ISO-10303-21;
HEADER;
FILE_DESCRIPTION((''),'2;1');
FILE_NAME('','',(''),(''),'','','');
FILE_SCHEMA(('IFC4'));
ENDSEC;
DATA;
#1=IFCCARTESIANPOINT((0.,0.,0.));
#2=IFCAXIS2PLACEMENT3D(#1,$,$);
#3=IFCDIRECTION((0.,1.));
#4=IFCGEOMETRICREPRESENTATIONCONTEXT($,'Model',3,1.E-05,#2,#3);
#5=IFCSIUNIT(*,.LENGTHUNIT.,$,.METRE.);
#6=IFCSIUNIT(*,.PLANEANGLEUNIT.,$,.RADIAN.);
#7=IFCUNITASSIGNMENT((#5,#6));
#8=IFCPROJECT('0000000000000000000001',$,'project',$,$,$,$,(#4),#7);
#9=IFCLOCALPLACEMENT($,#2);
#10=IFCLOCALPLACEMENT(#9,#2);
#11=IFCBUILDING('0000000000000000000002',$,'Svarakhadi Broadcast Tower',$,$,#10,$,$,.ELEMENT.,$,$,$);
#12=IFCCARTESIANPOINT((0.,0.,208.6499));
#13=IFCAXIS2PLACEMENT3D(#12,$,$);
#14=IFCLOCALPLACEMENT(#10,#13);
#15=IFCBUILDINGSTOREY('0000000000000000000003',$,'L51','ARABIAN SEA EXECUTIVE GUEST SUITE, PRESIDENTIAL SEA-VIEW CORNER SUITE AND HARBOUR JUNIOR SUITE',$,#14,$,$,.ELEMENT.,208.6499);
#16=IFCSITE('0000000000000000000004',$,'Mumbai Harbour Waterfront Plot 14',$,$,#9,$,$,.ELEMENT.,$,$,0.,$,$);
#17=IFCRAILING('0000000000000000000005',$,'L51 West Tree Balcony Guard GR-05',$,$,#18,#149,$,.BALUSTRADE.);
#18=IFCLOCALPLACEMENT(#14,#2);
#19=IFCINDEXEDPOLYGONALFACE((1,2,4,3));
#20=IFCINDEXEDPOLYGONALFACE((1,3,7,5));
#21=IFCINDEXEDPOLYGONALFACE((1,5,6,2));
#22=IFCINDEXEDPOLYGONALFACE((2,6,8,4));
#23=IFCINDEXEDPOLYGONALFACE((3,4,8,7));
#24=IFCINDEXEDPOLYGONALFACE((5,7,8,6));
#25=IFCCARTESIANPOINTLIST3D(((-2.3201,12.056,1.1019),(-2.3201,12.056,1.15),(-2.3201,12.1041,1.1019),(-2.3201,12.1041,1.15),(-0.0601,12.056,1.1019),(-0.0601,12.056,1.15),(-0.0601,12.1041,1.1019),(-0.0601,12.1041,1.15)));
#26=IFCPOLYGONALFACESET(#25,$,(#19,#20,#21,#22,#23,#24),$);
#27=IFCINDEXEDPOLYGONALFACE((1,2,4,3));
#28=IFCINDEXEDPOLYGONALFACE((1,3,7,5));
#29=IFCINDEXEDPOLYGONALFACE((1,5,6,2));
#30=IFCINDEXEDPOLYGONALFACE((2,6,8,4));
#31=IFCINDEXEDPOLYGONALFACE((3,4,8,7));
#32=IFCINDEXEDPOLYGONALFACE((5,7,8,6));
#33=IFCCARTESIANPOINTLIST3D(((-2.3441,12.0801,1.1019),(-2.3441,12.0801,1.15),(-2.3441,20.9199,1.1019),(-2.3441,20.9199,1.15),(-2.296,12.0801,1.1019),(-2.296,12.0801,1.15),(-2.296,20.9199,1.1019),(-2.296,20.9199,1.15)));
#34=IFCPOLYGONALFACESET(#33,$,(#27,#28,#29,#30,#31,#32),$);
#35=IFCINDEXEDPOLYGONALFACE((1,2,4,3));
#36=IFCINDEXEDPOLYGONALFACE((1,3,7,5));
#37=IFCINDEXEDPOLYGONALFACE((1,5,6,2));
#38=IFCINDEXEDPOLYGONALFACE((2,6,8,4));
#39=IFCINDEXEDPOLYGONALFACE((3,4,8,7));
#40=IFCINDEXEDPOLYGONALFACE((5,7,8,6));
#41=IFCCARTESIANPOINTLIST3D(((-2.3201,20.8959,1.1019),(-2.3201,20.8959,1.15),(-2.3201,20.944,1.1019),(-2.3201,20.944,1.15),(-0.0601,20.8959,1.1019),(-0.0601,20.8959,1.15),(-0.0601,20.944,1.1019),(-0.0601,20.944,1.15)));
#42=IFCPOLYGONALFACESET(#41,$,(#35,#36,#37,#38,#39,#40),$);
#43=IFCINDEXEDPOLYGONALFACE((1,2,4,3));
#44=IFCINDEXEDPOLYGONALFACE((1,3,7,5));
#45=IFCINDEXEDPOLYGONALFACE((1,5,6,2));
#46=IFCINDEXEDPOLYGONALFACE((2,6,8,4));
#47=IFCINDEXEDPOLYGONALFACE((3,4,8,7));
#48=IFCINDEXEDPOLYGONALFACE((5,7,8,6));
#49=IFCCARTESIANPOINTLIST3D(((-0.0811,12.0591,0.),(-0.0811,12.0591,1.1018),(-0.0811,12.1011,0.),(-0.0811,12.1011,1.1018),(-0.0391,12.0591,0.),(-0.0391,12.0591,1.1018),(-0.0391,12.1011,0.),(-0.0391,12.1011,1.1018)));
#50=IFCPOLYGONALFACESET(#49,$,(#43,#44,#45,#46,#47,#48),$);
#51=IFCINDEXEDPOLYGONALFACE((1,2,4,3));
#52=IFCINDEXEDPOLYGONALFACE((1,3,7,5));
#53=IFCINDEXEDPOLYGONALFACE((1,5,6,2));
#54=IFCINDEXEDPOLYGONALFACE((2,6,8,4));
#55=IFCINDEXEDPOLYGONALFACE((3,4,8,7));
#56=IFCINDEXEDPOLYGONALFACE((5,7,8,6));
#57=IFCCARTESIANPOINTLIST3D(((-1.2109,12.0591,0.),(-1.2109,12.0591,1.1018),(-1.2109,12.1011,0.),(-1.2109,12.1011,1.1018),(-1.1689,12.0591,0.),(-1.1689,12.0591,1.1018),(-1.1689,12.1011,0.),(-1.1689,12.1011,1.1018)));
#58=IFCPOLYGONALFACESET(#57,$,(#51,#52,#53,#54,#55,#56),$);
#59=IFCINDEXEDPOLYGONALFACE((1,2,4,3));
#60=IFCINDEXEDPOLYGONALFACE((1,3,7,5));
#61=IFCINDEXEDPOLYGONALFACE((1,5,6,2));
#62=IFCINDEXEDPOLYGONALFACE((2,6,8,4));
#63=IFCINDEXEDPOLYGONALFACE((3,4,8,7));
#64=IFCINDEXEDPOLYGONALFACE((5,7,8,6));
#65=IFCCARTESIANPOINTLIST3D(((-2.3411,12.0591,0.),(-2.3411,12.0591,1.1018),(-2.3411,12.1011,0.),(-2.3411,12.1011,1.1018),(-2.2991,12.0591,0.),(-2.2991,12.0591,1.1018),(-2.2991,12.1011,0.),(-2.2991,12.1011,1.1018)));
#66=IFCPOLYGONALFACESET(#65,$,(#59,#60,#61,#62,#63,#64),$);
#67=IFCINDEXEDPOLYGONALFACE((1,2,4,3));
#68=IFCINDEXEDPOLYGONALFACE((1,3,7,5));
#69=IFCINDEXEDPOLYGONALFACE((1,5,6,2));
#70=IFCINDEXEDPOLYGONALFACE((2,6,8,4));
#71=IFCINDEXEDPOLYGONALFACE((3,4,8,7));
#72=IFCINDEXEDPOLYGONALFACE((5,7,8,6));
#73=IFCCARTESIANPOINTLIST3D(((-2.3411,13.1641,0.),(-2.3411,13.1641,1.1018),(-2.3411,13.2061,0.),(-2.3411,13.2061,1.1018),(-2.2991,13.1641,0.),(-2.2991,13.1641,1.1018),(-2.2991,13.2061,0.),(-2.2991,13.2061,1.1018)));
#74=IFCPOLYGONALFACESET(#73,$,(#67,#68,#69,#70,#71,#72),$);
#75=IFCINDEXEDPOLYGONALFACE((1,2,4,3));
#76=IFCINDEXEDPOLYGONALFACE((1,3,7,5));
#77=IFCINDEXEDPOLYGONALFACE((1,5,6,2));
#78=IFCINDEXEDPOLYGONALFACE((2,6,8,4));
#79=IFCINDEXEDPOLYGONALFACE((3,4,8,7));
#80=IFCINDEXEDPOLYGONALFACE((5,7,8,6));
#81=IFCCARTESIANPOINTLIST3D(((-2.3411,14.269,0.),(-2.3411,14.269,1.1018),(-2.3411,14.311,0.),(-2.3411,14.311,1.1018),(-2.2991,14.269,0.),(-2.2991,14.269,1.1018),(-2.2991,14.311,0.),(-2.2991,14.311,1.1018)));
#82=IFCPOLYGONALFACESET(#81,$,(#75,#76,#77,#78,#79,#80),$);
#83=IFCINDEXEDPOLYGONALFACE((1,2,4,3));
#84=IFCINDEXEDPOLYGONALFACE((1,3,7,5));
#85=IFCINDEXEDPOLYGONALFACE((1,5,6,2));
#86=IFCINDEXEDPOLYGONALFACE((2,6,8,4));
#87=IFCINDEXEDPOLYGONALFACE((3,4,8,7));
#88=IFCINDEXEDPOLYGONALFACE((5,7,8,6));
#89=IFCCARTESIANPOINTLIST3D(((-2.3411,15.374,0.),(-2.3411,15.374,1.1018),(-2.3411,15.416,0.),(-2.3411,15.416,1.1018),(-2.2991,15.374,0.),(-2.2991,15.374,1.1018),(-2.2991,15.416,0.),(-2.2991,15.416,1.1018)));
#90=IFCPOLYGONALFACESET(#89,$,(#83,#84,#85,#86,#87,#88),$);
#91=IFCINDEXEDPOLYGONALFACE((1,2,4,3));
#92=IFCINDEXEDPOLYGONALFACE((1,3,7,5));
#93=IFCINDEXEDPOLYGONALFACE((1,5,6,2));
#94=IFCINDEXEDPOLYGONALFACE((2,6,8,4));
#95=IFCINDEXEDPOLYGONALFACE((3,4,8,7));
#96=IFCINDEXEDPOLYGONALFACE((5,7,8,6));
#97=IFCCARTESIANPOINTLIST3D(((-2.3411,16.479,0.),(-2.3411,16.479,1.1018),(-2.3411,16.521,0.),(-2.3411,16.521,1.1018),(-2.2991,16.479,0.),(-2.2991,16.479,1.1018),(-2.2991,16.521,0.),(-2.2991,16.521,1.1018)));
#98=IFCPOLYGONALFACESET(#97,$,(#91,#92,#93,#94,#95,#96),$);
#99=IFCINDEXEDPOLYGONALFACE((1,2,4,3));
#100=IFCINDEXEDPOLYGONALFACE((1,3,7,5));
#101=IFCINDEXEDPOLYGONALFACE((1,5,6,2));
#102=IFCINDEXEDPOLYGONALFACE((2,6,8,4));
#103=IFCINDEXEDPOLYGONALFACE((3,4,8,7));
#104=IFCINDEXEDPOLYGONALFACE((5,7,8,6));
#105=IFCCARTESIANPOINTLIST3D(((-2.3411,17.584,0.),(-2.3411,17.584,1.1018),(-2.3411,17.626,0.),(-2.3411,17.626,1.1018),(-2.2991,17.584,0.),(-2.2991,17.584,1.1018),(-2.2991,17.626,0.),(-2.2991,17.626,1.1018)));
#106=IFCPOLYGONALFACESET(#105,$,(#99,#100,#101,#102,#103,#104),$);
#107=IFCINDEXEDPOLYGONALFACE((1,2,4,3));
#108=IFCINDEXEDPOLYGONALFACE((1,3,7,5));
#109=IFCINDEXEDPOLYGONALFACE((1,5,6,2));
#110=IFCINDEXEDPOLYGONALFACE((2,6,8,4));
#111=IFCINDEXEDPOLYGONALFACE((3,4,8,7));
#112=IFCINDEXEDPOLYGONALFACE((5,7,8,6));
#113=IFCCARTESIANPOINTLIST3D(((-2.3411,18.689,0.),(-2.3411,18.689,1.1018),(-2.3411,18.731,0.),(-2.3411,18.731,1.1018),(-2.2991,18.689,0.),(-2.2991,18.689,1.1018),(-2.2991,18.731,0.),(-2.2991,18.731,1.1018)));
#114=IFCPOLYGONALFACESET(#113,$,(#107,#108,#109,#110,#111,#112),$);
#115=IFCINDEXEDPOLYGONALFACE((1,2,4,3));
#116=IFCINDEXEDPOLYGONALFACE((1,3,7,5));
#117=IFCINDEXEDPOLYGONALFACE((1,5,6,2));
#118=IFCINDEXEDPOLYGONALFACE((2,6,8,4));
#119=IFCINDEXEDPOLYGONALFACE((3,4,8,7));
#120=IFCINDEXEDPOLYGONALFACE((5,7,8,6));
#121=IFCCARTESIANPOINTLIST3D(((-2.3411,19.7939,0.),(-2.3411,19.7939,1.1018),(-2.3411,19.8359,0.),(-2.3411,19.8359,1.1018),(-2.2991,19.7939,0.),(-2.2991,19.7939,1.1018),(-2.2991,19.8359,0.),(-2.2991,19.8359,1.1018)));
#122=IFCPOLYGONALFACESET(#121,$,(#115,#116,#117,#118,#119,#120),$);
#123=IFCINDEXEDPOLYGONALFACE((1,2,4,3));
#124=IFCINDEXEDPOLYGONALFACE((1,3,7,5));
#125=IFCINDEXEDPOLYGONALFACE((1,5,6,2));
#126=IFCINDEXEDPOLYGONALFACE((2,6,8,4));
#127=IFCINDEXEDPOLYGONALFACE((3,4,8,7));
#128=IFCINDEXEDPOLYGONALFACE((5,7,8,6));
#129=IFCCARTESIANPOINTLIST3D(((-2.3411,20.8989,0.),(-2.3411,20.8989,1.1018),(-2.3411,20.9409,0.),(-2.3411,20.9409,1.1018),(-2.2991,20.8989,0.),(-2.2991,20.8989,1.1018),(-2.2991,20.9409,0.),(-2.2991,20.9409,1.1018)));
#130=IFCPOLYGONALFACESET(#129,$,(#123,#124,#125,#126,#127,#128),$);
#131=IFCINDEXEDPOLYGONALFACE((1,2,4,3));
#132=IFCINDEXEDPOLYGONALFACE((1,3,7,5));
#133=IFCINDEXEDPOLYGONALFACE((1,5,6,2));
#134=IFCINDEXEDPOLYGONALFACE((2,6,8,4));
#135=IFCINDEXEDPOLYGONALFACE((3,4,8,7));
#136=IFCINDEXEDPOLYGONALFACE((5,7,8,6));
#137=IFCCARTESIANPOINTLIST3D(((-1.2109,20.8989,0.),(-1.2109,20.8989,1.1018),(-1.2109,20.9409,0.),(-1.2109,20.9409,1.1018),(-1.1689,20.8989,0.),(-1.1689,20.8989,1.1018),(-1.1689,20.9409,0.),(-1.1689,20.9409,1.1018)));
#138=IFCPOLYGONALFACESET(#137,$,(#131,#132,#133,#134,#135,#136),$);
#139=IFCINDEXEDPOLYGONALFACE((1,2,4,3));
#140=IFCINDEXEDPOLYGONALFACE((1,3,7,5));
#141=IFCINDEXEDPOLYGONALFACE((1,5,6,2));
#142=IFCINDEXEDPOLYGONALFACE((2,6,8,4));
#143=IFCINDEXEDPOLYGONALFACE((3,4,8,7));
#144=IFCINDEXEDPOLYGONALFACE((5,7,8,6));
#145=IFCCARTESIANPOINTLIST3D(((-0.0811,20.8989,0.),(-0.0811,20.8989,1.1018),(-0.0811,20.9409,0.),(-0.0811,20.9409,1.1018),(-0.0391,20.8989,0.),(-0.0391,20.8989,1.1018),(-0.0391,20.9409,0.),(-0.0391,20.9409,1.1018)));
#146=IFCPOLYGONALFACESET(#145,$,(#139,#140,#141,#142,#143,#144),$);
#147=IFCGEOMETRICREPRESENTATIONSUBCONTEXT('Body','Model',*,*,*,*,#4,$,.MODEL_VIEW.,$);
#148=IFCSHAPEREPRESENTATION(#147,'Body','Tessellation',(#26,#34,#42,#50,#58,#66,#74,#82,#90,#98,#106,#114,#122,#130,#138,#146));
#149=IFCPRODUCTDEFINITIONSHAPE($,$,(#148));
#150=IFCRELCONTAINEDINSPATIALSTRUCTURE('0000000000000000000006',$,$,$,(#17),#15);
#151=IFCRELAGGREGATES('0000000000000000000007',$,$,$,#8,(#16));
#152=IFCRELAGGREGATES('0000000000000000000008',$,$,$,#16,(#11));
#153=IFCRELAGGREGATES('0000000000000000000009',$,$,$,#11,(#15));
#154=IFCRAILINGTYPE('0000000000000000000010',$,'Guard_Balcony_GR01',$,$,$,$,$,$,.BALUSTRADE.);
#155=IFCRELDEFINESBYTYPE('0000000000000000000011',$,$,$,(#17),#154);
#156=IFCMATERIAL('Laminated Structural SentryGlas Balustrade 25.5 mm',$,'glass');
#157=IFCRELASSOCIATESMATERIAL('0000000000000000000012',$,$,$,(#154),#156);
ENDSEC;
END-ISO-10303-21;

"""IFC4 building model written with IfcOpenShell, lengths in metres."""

from ifc_helpers import new_model, si_unit, direction, frame, origin, origin_2d, place, context, subcontext, project, spatial, rectangle, extrude, material, type_object, element, save


model = new_model("IFC4")

# Units and contexts
model_context = context("Model", 3, precision=1e-05, world=origin(), true_north=direction((0.0, 1.0)))
body_context = subcontext(model_context, "Body", "Model", "MODEL_VIEW")
ifc_project = project(units=[si_unit("LENGTHUNIT", "METRE"), si_unit("PLANEANGLEUNIT", "RADIAN")], contexts=[model_context])

# Site, building, storey
site_placement = place(None, origin())
site = spatial("IfcSite", under=ifc_project, at=site_placement, Name="Mumbai Harbour Waterfront Plot 14", CompositionType="ELEMENT", RefElevation=0.0)
building_placement = place(site_placement, origin())
building = spatial("IfcBuilding", under=site, at=building_placement, Name="Svarakhadi Broadcast Tower", CompositionType="ELEMENT")
storey_placement = place(building_placement, frame((0.0, 0.0, 208.6499)))
storey = spatial("IfcBuildingStorey", under=building, at=storey_placement, Name="L51", Description="ARABIAN SEA EXECUTIVE GUEST SUITE, PRESIDENTIAL SEA-VIEW CORNER SUITE AND HARBOUR JUNIOR SUITE", CompositionType="ELEMENT", Elevation=208.6499)

# Railing
ifc_material_1 = material(Name="Laminated Structural SentryGlas Balustrade 25.5 mm", Category="glass")
railing_type = type_object("IfcRailingType", Name="Guard_Balcony_GR01", PredefinedType="BALUSTRADE", material=ifc_material_1)
railing_placement = place(storey_placement, frame((-0.0601, 12.0801, 0.0)))
element("IfcRailing", 1, at=railing_placement, inside=storey, type_object=railing_type, Name="L51 West Tree Balcony Guard GR-05", PredefinedType="BALUSTRADE", context=body_context, shape_type="SweptSolid", body=[
    extrude(rectangle(XDim=0.0481, YDim=0.0481, at=origin_2d()), frame((0.0, 0.0, 1.126), z_axis=(-1.0, 0.0, 0.0), x_axis=(0.0, -1.0, 0.0)), (0.0, 0.0, 1.0), 2.26),
    extrude(rectangle(XDim=0.0481, YDim=0.0481, at=origin_2d()), frame((-2.26, 0.0, 1.126), z_axis=(0.0, 1.0, 0.0), x_axis=(-1.0, 0.0, 0.0)), (0.0, 0.0, 1.0), 8.8398),
    extrude(rectangle(XDim=0.0481, YDim=0.0481, at=origin_2d()), frame((-2.26, 8.8398, 1.126), z_axis=(1.0, 0.0, 0.0), x_axis=(0.0, 1.0, 0.0)), (0.0, 0.0, 1.0), 2.26),
    extrude(rectangle(XDim=0.042, YDim=0.042, at=origin_2d()), origin(), (0.0, 0.0, 1.0), 1.1018),
    extrude(rectangle(XDim=0.042, YDim=0.042, at=origin_2d()), frame((-1.1299, 0.0, 0.0)), (0.0, 0.0, 1.0), 1.1018),
    extrude(rectangle(XDim=0.042, YDim=0.042, at=origin_2d()), frame((-2.26, 0.0, 0.0)), (0.0, 0.0, 1.0), 1.1018),
    extrude(rectangle(XDim=0.042, YDim=0.042, at=origin_2d()), frame((-2.26, 1.105, 0.0)), (0.0, 0.0, 1.0), 1.1018),
    extrude(rectangle(XDim=0.042, YDim=0.042, at=origin_2d()), frame((-2.26, 2.21, 0.0)), (0.0, 0.0, 1.0), 1.1018),
    extrude(rectangle(XDim=0.042, YDim=0.042, at=origin_2d()), frame((-2.26, 3.3149, 0.0)), (0.0, 0.0, 1.0), 1.1018),
    extrude(rectangle(XDim=0.042, YDim=0.042, at=origin_2d()), frame((-2.26, 4.4199, 0.0)), (0.0, 0.0, 1.0), 1.1018),
    extrude(rectangle(XDim=0.042, YDim=0.042, at=origin_2d()), frame((-2.26, 5.5249, 0.0)), (0.0, 0.0, 1.0), 1.1018),
    extrude(rectangle(XDim=0.042, YDim=0.042, at=origin_2d()), frame((-2.26, 6.6299, 0.0)), (0.0, 0.0, 1.0), 1.1018),
    extrude(rectangle(XDim=0.042, YDim=0.042, at=origin_2d()), frame((-2.26, 7.7349, 0.0)), (0.0, 0.0, 1.0), 1.1018),
    extrude(rectangle(XDim=0.042, YDim=0.042, at=origin_2d()), frame((-2.26, 8.8398, 0.0)), (0.0, 0.0, 1.0), 1.1018),
    extrude(rectangle(XDim=0.042, YDim=0.042, at=origin_2d()), frame((-1.1299, 8.8398, 0.0)), (0.0, 0.0, 1.0), 1.1018),
    extrude(rectangle(XDim=0.042, YDim=0.042, at=origin_2d()), frame((0.0, 8.8398, 0.0)), (0.0, 0.0, 1.0), 1.1018),
])

save(model, "model.ifc")
